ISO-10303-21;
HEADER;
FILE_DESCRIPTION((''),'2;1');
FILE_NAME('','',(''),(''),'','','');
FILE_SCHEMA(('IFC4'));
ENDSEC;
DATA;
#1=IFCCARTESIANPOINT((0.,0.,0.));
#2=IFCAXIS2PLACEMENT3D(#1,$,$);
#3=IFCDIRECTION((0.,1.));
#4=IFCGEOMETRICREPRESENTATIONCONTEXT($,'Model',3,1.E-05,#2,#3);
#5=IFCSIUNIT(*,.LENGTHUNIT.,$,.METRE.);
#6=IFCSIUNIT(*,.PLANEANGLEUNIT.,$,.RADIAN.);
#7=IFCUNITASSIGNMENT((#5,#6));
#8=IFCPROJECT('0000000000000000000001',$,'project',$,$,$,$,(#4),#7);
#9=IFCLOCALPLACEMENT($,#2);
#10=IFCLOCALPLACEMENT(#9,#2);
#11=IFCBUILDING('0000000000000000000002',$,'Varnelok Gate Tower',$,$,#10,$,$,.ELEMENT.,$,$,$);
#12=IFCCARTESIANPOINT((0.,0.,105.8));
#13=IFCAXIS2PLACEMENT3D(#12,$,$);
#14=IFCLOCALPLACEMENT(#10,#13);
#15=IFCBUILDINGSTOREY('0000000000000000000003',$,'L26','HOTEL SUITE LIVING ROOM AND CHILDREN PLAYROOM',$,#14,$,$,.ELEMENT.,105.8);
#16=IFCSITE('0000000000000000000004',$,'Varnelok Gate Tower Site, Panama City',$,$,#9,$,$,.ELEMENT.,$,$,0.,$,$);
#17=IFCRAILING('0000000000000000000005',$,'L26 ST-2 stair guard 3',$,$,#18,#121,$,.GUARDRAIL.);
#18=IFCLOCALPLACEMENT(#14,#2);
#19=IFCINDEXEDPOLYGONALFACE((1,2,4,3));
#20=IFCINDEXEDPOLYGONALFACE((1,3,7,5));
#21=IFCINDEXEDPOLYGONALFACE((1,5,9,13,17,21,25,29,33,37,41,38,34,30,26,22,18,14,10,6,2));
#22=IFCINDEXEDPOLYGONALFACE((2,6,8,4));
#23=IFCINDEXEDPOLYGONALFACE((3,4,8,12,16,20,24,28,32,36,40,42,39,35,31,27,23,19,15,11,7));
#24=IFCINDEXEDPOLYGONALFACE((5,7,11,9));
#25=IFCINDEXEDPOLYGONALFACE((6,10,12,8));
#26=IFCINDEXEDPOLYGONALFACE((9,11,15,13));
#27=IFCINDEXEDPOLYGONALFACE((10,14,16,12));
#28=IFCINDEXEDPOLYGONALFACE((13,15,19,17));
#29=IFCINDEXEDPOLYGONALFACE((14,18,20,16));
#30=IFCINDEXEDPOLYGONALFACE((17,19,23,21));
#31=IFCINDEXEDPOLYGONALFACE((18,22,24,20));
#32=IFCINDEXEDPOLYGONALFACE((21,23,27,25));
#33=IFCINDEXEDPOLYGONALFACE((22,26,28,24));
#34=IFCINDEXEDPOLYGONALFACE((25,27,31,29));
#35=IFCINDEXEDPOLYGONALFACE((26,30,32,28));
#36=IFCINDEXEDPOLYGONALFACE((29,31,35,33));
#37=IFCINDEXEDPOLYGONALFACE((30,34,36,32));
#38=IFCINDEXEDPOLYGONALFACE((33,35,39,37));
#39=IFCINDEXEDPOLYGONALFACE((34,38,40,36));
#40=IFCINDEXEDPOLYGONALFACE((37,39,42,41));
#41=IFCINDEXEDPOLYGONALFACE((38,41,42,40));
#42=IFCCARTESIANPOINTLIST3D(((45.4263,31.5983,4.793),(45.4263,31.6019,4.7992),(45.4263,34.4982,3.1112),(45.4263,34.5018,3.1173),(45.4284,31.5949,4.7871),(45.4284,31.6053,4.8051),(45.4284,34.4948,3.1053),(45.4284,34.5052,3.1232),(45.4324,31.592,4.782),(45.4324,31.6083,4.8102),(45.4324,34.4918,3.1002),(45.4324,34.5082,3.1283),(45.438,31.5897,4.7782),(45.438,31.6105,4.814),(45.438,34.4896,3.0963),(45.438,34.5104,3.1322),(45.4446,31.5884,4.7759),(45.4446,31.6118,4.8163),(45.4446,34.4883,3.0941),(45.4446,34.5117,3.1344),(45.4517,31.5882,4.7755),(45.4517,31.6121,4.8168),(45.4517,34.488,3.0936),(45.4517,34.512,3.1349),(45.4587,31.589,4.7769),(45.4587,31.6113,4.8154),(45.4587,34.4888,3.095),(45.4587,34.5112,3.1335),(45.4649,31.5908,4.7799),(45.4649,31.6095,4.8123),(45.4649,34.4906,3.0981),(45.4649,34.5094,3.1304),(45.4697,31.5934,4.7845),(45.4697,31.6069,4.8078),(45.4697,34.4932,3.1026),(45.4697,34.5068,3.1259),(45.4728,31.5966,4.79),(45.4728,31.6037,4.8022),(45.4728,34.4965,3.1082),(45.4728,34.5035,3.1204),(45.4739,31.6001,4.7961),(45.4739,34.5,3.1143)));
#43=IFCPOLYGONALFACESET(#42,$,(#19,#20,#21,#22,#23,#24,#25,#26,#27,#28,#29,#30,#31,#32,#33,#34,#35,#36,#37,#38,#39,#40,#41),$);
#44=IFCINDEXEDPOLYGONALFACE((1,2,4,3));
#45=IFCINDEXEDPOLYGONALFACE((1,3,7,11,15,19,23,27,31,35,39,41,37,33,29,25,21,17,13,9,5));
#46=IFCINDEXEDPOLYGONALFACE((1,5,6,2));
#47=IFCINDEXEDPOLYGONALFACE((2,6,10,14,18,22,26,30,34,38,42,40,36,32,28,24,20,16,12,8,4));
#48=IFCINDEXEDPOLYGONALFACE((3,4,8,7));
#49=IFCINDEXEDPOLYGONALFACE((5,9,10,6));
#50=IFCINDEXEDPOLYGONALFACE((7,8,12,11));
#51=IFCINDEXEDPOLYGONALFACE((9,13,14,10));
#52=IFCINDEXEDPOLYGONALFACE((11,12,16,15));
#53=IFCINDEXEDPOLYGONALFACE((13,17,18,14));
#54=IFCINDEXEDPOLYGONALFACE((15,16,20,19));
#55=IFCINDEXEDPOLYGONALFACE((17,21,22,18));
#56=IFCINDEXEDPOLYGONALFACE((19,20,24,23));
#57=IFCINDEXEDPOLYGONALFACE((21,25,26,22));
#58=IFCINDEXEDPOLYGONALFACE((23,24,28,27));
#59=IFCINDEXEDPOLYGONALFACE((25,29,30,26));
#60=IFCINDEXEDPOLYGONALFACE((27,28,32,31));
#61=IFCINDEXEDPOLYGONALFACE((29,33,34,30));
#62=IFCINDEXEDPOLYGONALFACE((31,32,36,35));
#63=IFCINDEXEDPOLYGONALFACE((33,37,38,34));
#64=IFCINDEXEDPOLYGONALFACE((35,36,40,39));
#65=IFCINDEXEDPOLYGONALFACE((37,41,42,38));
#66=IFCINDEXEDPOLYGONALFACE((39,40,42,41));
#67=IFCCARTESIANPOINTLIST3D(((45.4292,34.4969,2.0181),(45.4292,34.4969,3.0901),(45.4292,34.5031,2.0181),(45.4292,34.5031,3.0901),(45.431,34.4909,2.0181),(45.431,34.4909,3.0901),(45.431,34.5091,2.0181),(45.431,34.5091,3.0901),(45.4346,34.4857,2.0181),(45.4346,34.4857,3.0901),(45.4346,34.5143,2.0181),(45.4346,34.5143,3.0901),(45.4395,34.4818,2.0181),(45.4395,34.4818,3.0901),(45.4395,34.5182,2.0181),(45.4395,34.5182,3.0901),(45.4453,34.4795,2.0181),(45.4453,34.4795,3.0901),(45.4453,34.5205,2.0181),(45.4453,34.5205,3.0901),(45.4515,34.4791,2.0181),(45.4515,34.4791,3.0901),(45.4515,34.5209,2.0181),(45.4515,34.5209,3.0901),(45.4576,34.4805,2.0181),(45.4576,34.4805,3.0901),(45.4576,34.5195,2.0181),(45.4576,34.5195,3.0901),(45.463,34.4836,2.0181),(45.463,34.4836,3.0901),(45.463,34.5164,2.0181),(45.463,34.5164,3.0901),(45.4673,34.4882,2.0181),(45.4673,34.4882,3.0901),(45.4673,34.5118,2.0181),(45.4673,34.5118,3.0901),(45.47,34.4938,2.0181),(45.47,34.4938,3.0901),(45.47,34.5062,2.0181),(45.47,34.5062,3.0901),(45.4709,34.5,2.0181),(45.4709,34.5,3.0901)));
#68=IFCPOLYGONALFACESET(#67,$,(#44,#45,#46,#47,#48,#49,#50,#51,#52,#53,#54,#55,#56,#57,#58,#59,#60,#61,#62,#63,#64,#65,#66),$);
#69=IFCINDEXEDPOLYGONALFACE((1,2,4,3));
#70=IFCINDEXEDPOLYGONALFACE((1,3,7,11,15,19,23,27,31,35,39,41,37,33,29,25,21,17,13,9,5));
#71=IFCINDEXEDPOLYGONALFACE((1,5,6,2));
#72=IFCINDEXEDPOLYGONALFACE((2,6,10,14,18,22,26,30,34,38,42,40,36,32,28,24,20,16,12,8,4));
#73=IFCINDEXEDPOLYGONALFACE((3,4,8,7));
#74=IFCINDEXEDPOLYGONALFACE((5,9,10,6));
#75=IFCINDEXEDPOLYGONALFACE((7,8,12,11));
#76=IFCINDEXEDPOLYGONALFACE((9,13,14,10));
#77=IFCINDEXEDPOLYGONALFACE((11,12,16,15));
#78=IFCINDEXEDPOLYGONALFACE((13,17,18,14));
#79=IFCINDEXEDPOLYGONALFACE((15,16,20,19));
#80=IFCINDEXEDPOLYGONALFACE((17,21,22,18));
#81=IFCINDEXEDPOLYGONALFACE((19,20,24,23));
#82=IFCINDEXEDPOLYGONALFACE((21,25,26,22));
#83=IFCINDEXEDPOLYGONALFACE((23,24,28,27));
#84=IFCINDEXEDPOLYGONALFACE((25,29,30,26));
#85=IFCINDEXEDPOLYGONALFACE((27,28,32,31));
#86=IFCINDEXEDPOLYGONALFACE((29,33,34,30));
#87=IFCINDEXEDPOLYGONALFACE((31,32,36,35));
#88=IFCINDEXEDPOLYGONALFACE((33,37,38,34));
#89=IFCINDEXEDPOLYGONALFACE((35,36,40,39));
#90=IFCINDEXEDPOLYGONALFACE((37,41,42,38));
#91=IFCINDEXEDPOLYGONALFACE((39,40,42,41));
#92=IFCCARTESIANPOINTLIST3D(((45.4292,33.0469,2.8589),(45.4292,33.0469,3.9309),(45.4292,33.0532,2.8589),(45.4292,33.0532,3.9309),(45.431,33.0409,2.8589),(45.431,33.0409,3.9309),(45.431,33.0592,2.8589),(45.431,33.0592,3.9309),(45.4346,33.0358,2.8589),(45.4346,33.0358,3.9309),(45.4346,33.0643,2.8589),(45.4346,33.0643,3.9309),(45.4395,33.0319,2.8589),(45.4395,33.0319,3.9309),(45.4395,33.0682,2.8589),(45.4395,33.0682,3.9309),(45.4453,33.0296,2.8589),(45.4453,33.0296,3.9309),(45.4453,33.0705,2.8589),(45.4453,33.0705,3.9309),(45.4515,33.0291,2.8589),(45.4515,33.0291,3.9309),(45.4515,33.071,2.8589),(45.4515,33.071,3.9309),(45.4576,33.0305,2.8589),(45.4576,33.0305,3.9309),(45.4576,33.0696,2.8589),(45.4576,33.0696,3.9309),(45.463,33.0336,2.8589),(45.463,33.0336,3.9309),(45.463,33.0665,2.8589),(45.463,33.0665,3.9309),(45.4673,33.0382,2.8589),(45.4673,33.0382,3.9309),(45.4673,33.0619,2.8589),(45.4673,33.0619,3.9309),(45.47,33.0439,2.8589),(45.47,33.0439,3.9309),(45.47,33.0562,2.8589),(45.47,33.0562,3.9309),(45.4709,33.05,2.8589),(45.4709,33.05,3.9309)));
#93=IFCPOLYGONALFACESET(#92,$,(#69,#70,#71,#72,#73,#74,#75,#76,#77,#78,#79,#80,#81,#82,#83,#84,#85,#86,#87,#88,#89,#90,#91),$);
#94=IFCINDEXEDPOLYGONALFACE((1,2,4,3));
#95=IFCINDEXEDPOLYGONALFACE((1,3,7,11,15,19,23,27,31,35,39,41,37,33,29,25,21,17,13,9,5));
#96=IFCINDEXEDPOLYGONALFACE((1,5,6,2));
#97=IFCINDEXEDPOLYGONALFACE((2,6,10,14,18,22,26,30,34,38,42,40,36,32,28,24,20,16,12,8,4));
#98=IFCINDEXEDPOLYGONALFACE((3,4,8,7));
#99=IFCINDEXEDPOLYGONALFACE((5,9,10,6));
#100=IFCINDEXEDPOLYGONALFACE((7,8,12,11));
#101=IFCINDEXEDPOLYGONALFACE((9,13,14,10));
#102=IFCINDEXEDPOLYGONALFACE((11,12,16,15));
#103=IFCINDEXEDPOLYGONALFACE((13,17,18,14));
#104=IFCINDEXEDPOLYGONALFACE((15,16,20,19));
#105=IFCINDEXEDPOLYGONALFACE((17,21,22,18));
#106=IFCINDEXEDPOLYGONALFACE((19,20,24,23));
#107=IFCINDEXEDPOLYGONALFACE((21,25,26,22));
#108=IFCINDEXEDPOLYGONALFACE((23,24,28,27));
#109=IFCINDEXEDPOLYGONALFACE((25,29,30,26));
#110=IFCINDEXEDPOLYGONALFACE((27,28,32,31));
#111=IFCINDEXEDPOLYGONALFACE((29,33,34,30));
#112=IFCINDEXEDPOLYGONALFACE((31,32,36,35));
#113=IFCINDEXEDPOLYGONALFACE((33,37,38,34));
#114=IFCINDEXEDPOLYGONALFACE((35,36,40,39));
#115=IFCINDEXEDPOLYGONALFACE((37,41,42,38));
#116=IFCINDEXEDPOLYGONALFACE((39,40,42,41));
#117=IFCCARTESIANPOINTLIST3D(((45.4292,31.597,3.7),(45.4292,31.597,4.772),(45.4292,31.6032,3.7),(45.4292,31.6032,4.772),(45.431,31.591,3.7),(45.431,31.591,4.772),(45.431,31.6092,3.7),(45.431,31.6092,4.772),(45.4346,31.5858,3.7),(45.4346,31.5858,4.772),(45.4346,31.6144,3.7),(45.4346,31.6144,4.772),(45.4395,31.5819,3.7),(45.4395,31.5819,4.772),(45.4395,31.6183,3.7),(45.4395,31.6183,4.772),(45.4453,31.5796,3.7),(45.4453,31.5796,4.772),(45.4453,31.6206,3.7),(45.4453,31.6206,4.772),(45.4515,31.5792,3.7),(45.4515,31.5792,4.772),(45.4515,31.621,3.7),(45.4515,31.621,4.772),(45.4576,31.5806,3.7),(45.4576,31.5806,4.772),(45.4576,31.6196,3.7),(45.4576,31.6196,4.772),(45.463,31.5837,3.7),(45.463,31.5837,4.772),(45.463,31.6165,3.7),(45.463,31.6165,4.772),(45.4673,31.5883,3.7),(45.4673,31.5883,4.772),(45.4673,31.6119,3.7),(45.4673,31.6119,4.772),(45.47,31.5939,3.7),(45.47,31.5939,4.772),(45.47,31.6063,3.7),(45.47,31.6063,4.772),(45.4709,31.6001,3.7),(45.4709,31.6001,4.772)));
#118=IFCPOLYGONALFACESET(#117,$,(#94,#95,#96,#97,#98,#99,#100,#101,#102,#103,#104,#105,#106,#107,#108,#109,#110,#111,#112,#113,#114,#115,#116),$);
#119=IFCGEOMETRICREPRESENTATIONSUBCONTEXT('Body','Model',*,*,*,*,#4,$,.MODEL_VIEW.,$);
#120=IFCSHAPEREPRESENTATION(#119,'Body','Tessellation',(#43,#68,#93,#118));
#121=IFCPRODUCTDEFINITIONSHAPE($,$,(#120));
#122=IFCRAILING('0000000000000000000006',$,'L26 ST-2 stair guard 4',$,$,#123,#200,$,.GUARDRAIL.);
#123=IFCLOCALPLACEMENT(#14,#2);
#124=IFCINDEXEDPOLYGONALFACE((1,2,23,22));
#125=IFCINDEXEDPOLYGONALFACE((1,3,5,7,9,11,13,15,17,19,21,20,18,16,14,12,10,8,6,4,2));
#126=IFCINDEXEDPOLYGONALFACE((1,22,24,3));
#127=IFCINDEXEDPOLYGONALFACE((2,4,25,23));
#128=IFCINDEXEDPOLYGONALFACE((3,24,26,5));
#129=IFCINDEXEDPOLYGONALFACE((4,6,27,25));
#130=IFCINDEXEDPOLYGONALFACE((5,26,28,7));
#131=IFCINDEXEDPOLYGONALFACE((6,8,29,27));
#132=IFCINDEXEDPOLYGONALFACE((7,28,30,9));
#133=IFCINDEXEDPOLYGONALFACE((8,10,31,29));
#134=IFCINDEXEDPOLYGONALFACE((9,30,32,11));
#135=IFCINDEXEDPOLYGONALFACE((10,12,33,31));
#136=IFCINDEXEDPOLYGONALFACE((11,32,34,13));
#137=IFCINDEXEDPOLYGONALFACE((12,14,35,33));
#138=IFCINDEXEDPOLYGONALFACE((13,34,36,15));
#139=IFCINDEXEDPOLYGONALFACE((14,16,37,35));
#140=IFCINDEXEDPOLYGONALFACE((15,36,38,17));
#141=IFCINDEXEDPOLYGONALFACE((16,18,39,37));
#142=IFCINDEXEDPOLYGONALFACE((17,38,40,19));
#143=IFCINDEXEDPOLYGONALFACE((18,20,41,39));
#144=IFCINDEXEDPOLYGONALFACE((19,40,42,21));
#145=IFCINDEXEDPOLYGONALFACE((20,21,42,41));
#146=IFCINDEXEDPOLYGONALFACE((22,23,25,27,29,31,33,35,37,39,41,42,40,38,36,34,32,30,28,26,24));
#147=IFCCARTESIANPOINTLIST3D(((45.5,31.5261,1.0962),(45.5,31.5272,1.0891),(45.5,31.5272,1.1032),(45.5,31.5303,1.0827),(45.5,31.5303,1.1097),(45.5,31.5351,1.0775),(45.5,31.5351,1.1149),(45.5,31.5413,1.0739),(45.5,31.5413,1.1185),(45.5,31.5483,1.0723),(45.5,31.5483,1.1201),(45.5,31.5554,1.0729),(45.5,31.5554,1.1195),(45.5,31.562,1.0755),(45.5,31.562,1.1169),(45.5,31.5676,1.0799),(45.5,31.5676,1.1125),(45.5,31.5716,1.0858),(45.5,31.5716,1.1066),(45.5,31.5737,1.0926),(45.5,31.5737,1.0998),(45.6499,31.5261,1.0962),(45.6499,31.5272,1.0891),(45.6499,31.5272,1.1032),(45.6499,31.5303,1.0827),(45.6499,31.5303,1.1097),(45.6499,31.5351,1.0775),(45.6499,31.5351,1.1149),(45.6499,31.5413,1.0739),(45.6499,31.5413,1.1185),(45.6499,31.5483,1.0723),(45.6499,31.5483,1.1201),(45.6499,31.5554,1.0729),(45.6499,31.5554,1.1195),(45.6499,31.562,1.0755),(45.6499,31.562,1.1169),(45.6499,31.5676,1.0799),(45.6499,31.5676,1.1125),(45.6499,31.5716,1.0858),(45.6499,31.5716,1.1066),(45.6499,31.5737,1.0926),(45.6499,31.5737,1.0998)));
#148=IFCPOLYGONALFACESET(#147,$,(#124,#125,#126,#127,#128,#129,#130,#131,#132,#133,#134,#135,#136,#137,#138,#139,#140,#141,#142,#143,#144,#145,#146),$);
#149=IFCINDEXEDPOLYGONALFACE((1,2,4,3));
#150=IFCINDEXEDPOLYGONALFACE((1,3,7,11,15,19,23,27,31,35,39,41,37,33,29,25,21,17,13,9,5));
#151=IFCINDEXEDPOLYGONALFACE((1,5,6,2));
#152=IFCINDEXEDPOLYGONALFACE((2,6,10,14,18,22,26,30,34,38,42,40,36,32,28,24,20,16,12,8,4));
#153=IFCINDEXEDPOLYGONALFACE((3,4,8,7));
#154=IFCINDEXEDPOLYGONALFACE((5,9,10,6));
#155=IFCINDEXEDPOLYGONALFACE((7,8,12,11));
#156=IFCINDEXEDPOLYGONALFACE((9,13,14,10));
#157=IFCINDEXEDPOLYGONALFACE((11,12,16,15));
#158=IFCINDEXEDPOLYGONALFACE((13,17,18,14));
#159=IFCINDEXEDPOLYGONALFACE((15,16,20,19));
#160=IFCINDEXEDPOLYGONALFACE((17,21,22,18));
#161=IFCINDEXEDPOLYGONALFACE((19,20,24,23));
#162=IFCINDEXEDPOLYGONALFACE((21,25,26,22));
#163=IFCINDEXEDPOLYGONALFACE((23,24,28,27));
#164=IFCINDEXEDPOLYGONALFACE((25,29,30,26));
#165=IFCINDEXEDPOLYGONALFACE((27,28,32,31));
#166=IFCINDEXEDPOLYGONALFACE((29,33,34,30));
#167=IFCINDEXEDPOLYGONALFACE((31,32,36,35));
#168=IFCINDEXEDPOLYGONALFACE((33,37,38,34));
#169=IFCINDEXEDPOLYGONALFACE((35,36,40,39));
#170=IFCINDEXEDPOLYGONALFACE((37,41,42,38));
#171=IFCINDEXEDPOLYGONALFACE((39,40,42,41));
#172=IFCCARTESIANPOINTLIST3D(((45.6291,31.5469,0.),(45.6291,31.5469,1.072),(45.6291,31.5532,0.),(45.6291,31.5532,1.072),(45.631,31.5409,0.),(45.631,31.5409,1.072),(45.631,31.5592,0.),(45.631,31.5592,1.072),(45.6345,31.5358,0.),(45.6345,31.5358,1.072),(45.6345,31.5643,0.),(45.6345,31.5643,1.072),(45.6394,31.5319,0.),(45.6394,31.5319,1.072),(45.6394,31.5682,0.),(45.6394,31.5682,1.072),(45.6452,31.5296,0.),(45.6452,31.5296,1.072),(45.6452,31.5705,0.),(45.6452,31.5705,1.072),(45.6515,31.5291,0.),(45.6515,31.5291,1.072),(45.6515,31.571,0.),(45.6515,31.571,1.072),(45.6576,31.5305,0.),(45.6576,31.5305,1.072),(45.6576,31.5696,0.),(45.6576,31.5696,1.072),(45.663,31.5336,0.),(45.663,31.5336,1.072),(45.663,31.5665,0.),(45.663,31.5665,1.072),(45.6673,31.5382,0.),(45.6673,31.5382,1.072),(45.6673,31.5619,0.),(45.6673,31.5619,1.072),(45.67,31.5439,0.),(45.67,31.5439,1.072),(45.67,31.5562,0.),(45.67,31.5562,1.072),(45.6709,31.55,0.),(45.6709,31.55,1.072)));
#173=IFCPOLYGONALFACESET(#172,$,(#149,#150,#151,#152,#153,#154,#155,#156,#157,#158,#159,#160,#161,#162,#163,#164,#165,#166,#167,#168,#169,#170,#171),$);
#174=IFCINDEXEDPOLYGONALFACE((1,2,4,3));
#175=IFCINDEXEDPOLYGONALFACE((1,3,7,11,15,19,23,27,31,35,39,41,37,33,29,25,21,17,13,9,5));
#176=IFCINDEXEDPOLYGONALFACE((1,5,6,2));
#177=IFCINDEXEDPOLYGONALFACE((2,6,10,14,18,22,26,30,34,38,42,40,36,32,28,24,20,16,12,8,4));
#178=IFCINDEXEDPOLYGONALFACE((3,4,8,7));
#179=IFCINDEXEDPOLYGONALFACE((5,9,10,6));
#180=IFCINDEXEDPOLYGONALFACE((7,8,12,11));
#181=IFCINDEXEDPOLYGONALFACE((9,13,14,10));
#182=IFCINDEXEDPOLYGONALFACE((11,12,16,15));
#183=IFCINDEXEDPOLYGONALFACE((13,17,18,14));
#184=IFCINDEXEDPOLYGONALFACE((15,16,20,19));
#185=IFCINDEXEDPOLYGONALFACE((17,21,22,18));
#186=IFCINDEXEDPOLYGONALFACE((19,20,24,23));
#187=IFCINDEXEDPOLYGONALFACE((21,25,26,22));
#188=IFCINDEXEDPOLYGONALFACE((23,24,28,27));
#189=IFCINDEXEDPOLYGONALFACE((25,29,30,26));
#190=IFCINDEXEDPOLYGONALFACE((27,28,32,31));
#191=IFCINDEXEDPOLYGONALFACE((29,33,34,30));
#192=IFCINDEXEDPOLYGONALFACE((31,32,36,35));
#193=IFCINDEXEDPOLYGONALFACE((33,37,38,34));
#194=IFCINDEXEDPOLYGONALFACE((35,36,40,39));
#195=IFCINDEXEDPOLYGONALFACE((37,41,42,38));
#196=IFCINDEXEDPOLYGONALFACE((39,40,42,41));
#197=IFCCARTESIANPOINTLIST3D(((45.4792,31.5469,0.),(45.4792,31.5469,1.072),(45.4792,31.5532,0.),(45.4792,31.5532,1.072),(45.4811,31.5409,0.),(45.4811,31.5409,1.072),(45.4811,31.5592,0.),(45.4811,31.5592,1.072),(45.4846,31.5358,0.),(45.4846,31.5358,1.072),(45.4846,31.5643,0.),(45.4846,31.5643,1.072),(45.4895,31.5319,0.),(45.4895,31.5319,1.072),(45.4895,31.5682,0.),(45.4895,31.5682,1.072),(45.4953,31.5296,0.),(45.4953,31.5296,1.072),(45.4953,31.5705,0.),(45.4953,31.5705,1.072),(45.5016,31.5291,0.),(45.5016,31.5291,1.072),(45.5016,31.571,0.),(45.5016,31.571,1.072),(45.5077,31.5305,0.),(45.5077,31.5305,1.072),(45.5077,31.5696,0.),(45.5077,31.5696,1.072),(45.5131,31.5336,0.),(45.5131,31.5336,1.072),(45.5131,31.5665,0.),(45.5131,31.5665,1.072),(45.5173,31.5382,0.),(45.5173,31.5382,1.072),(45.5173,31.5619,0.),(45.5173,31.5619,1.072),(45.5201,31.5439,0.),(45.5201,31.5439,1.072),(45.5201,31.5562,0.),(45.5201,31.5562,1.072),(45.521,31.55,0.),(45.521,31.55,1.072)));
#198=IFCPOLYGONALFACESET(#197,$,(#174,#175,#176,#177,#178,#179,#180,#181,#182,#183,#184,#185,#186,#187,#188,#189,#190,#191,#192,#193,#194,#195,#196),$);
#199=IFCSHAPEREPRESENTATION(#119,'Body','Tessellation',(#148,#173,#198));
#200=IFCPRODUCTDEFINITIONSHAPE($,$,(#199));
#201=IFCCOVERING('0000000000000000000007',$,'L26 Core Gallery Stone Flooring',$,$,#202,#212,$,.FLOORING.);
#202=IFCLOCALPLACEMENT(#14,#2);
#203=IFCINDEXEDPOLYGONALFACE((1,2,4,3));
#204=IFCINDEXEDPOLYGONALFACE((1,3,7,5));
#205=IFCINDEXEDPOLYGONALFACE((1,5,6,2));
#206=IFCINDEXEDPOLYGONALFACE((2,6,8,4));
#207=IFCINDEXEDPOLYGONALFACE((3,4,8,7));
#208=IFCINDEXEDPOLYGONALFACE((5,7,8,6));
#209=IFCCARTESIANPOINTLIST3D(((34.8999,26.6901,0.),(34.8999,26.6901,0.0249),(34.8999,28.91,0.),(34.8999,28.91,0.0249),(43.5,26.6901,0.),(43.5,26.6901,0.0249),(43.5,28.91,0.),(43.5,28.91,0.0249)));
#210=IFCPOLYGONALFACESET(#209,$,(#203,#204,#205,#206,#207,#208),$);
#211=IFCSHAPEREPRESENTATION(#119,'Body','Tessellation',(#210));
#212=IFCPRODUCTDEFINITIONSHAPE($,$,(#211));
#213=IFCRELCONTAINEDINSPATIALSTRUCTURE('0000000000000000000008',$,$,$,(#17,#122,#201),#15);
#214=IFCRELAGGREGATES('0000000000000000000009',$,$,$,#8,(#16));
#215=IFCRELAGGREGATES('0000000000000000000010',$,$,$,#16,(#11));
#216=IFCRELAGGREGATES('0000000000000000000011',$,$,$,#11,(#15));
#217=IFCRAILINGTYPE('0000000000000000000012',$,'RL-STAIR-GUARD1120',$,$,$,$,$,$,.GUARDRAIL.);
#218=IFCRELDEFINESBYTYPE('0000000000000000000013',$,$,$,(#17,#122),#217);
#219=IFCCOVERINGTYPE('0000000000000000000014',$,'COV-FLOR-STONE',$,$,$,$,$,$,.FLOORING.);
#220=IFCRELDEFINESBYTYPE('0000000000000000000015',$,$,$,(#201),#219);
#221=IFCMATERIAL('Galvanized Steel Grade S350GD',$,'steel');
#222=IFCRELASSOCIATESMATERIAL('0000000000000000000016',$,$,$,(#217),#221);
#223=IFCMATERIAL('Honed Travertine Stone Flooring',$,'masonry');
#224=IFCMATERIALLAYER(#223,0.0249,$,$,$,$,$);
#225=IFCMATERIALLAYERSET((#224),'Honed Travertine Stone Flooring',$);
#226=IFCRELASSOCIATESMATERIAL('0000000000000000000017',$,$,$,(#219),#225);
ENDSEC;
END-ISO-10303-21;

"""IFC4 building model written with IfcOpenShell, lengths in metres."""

from ifc_helpers import new_model, si_unit, direction, frame, origin, origin_2d, place, context, subcontext, project, spatial, rectangle, circle, extrude, source, transform, mapped, material, layer, layer_set, type_object, element, save


model = new_model("IFC4")

# Units and contexts
model_context = context("Model", 3, precision=1e-05, world=origin(), true_north=direction((0.0, 1.0)))
body_context = subcontext(model_context, "Body", "Model", "MODEL_VIEW")
ifc_project = project(units=[si_unit("LENGTHUNIT", "METRE"), si_unit("PLANEANGLEUNIT", "RADIAN")], contexts=[model_context])

# Site, building, storey
site_placement = place(None, origin())
site = spatial("IfcSite", under=ifc_project, at=site_placement, Name="Varnelok Gate Tower Site, Panama City", CompositionType="ELEMENT", RefElevation=0.0)
building_placement = place(site_placement, origin())
building = spatial("IfcBuilding", under=site, at=building_placement, Name="Varnelok Gate Tower", CompositionType="ELEMENT")
storey_placement = place(building_placement, frame((0.0, 0.0, 105.8)))
storey = spatial("IfcBuildingStorey", under=building, at=storey_placement, Name="L26", Description="HOTEL SUITE LIVING ROOM AND CHILDREN PLAYROOM", CompositionType="ELEMENT", Elevation=105.8)

# Shared definitions
ifc_material_1 = material(Name="Galvanized Steel Grade S350GD", Category="steel")

# Railings
railing_type_1 = type_object("IfcRailingType", Name="RL-STAIR-GUARD1120", PredefinedType="GUARDRAIL", material=ifc_material_1)
railing_1_placement = place(storey_placement, frame((45.45, 34.5, 2.0181)))
element("IfcRailing", 1, at=railing_1_placement, inside=storey, type_object=railing_type_1, Name="L26 ST-2 stair guard 3", PredefinedType="GUARDRAIL", context=body_context, shape_type="SweptSolid", body=[
    extrude(circle(Radius=0.0239, at=origin_2d()), frame((0.0, 0.0, 1.0962), z_axis=(0.0, -0.865039, 0.501705), x_axis=(1.0, 0.0, 0.0)), (0.0, 0.0, 1.0), 3.3523),
    extrude(circle(Radius=0.021, at=origin_2d()), origin(), (0.0, 0.0, 1.0), 1.072),
    extrude(circle(Radius=0.021, at=origin_2d()), frame((0.0, -1.45, 0.8408)), (0.0, 0.0, 1.0), 1.072),
    extrude(circle(Radius=0.021, at=origin_2d()), frame((0.0, -2.8999, 1.6819)), (0.0, 0.0, 1.0), 1.072),
])
railing_2_placement = place(storey_placement, frame((45.6499, 31.55, 0.0)))
element("IfcRailing", 2, at=railing_2_placement, inside=storey, type_object=railing_type_1, Name="L26 ST-2 stair guard 4", PredefinedType="GUARDRAIL", context=body_context, shape_type="SweptSolid", body=[
    extrude(circle(Radius=0.0239, at=origin_2d()), frame((0.0, 0.0, 1.0962), z_axis=(-1.0, 0.0, 0.0), x_axis=(0.0, -1.0, 0.0)), (0.0, 0.0, 1.0), 0.1499),
    extrude(circle(Radius=0.021, at=origin_2d()), origin(), (0.0, 0.0, 1.0), 1.072),
    extrude(circle(Radius=0.021, at=origin_2d()), frame((-0.1499, 0.0, 0.0)), (0.0, 0.0, 1.0), 1.072),
])

# Covering
ifc_material_2 = material(Name="Honed Travertine Stone Flooring", Category="masonry")
ifc_layer_1 = layer(ifc_material_2, 0.0249)
ifc_layer_set_1 = layer_set([ifc_layer_1], Name="Honed Travertine Stone Flooring")
covering_type_1 = type_object("IfcCoveringType", Name="COV-FLOR-STONE", PredefinedType="FLOORING", material=ifc_layer_set_1)
shared_shape_1 = source(origin(), body_context, "Body", "SweptSolid", [
    extrude(rectangle(XDim=8.6001, YDim=2.22, at=origin_2d()), origin(), (0.0, 0.0, 1.0), 0.0249),
])
covering_1_placement = place(storey_placement, frame((39.2, 27.8, 0.0), z_axis=(0.0, 0.0, 1.0), x_axis=(1.0, 0.0, 0.0)))
element("IfcCovering", 3, at=covering_1_placement, inside=storey, type_object=covering_type_1, Name="L26 Core Gallery Stone Flooring", PredefinedType="FLOORING", context=body_context, shape_type="MappedRepresentation", body=[
    mapped(shared_shape_1, transform((0.0, 0.0, 0.0), scale=1.0)),
])

save(model, "model.ifc")
